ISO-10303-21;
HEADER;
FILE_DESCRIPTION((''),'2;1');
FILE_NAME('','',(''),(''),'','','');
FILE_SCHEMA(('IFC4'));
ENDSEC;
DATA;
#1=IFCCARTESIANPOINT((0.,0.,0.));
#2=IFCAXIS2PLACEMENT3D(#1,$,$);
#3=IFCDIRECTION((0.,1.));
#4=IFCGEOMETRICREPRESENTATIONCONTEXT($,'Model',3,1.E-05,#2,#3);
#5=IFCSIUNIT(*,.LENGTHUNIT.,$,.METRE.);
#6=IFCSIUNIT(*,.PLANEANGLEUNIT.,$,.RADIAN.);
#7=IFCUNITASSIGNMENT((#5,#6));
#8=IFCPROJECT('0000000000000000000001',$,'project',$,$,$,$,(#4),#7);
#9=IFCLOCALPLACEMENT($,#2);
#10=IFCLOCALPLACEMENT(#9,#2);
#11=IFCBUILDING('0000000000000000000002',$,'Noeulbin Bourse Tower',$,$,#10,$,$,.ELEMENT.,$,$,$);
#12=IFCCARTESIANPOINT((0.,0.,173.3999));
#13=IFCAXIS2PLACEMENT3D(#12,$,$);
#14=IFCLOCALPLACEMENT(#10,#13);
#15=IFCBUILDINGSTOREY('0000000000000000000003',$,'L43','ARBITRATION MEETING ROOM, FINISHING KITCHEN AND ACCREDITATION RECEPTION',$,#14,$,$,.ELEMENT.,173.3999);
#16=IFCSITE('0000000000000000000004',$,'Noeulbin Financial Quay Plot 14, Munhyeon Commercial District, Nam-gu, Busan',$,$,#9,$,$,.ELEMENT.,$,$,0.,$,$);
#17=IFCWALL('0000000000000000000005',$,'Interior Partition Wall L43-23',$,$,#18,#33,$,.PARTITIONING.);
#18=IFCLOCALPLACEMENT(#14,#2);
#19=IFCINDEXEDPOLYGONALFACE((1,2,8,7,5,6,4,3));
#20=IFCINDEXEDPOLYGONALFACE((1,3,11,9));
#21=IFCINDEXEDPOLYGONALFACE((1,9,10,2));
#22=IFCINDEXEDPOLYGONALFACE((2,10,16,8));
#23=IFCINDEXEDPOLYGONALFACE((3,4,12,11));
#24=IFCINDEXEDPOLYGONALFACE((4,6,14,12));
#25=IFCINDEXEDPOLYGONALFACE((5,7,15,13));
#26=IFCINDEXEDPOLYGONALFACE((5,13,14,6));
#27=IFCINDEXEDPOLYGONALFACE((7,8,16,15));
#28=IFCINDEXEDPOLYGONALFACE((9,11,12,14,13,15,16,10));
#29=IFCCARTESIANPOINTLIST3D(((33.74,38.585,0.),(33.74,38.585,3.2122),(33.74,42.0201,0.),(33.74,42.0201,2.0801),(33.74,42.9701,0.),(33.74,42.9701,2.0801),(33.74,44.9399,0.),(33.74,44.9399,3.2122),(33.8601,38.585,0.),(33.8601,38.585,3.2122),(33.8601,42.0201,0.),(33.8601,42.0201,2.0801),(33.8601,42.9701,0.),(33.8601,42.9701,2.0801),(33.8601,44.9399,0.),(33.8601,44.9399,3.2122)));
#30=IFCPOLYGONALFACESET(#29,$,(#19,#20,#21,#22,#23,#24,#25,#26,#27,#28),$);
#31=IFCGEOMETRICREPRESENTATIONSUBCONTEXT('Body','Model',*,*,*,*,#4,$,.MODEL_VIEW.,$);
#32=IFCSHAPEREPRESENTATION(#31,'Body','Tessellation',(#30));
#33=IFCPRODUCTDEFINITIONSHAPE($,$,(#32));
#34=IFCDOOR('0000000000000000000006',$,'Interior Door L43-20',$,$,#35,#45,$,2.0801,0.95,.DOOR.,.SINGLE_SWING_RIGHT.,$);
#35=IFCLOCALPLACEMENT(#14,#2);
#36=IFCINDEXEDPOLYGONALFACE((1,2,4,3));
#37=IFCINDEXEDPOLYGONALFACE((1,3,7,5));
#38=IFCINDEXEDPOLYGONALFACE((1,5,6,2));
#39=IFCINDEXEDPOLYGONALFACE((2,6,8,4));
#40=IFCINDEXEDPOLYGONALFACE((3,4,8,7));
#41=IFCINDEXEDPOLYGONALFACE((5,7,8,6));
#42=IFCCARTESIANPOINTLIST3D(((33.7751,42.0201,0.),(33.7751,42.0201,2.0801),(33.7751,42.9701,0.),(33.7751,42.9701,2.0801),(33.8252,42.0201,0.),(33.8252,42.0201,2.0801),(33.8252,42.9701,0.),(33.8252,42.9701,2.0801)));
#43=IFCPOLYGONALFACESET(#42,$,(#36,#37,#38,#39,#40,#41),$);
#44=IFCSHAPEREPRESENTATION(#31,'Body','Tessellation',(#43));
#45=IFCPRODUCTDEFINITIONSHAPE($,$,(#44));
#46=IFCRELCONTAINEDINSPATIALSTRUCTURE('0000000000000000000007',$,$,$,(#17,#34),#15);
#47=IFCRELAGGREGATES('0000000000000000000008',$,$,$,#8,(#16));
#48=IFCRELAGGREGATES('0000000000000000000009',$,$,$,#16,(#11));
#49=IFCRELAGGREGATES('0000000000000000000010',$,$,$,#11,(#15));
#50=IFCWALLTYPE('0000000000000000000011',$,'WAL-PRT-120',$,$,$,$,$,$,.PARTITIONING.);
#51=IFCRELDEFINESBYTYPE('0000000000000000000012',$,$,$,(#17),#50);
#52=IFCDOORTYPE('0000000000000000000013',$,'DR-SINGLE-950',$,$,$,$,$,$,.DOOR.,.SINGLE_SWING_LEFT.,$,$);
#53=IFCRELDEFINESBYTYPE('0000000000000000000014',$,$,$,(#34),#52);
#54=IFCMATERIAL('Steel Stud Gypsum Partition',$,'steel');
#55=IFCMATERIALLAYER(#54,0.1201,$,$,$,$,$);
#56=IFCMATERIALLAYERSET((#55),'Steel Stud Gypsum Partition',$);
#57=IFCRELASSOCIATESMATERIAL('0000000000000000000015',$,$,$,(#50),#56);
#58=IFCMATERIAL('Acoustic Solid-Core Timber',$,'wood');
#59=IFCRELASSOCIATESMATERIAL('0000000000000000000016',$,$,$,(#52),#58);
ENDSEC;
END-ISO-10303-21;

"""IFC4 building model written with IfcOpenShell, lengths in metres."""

from ifc_helpers import new_model, si_unit, direction, frame, frame_2d, origin, place, context, subcontext, project, spatial, rectangle, extrude, material, layer, layer_set, type_object, element, fill, save


model = new_model("IFC4")

# Units and contexts
model_context = context("Model", 3, precision=1e-05, world=origin(), true_north=direction((0.0, 1.0)))
body_context = subcontext(model_context, "Body", "Model", "MODEL_VIEW")
ifc_project = project(units=[si_unit("LENGTHUNIT", "METRE"), si_unit("PLANEANGLEUNIT", "RADIAN")], contexts=[model_context])

# Site, building, storey
site_placement = place(None, origin())
site = spatial("IfcSite", under=ifc_project, at=site_placement, Name="Noeulbin Financial Quay Plot 14, Munhyeon Commercial District, Nam-gu, Busan", CompositionType="ELEMENT", RefElevation=0.0)
building_placement = place(site_placement, origin())
building = spatial("IfcBuilding", under=site, at=building_placement, Name="Noeulbin Bourse Tower", CompositionType="ELEMENT")
storey_placement = place(building_placement, frame((0.0, 0.0, 173.3999)))
storey = spatial("IfcBuildingStorey", under=building, at=storey_placement, Name="L43", Description="ARBITRATION MEETING ROOM, FINISHING KITCHEN AND ACCREDITATION RECEPTION", CompositionType="ELEMENT", Elevation=173.3999)

# Wall, opening, door
ifc_material_1 = material(Name="Steel Stud Gypsum Partition", Category="steel")
ifc_layer_1 = layer(ifc_material_1, 0.1201)
ifc_layer_set_1 = layer_set([ifc_layer_1], Name="Steel Stud Gypsum Partition")
wall_type = type_object("IfcWallType", Name="WAL-PRT-120", PredefinedType="PARTITIONING", material=ifc_layer_set_1)
wall_placement = place(storey_placement, frame((33.8, 38.585, 0.0), z_axis=(0.0, 0.0, 1.0), x_axis=(0.0, 1.0, 0.0)))
wall = element("IfcWall", 1, at=wall_placement, inside=storey, type_object=wall_type, Name="Interior Partition Wall L43-23", PredefinedType="PARTITIONING", context=body_context, shape_type="SweptSolid", body=[
    extrude(rectangle(XDim=6.355, YDim=0.1201, at=frame_2d((3.1775, 0.0))), origin(), (0.0, 0.0, 1.0), 3.2122),
])
opening_placement = place(wall_placement, frame((3.4351, 0.0, 0.0)))
opening = element("IfcOpeningElement", 2, at=opening_placement, cuts=wall, PredefinedType="OPENING", context=body_context, shape_type="SweptSolid", body=[
    extrude(rectangle(XDim=0.95, YDim=2.0801, at=frame_2d((0.4751, 1.04))), frame((0.0, 0.0701, 0.0), z_axis=(0.0, -1.0, 0.0), x_axis=(1.0, 0.0, 0.0)), (0.0, 0.0, 1.0), 0.1401),
])
ifc_material_2 = material(Name="Acoustic Solid-Core Timber", Category="wood")
door_type = type_object("IfcDoorType", Name="DR-SINGLE-950", OperationType="SINGLE_SWING_LEFT", PredefinedType="DOOR", material=ifc_material_2)
door_placement = place(opening_placement, origin())
door = element("IfcDoor", 3, at=door_placement, inside=storey, type_object=door_type, Name="Interior Door L43-20", OperationType="SINGLE_SWING_RIGHT", OverallHeight=2.0801, OverallWidth=0.95, PredefinedType="DOOR", context=body_context, shape_type="SweptSolid", body=[
    extrude(rectangle(XDim=0.95, YDim=2.0801, at=frame_2d((0.4751, 1.04))), frame((0.0, 0.0249, 0.0), z_axis=(0.0, -1.0, 0.0), x_axis=(1.0, 0.0, 0.0)), (0.0, 0.0, 1.0), 0.05),
])
fill(opening, door)

save(model, "model.ifc")
